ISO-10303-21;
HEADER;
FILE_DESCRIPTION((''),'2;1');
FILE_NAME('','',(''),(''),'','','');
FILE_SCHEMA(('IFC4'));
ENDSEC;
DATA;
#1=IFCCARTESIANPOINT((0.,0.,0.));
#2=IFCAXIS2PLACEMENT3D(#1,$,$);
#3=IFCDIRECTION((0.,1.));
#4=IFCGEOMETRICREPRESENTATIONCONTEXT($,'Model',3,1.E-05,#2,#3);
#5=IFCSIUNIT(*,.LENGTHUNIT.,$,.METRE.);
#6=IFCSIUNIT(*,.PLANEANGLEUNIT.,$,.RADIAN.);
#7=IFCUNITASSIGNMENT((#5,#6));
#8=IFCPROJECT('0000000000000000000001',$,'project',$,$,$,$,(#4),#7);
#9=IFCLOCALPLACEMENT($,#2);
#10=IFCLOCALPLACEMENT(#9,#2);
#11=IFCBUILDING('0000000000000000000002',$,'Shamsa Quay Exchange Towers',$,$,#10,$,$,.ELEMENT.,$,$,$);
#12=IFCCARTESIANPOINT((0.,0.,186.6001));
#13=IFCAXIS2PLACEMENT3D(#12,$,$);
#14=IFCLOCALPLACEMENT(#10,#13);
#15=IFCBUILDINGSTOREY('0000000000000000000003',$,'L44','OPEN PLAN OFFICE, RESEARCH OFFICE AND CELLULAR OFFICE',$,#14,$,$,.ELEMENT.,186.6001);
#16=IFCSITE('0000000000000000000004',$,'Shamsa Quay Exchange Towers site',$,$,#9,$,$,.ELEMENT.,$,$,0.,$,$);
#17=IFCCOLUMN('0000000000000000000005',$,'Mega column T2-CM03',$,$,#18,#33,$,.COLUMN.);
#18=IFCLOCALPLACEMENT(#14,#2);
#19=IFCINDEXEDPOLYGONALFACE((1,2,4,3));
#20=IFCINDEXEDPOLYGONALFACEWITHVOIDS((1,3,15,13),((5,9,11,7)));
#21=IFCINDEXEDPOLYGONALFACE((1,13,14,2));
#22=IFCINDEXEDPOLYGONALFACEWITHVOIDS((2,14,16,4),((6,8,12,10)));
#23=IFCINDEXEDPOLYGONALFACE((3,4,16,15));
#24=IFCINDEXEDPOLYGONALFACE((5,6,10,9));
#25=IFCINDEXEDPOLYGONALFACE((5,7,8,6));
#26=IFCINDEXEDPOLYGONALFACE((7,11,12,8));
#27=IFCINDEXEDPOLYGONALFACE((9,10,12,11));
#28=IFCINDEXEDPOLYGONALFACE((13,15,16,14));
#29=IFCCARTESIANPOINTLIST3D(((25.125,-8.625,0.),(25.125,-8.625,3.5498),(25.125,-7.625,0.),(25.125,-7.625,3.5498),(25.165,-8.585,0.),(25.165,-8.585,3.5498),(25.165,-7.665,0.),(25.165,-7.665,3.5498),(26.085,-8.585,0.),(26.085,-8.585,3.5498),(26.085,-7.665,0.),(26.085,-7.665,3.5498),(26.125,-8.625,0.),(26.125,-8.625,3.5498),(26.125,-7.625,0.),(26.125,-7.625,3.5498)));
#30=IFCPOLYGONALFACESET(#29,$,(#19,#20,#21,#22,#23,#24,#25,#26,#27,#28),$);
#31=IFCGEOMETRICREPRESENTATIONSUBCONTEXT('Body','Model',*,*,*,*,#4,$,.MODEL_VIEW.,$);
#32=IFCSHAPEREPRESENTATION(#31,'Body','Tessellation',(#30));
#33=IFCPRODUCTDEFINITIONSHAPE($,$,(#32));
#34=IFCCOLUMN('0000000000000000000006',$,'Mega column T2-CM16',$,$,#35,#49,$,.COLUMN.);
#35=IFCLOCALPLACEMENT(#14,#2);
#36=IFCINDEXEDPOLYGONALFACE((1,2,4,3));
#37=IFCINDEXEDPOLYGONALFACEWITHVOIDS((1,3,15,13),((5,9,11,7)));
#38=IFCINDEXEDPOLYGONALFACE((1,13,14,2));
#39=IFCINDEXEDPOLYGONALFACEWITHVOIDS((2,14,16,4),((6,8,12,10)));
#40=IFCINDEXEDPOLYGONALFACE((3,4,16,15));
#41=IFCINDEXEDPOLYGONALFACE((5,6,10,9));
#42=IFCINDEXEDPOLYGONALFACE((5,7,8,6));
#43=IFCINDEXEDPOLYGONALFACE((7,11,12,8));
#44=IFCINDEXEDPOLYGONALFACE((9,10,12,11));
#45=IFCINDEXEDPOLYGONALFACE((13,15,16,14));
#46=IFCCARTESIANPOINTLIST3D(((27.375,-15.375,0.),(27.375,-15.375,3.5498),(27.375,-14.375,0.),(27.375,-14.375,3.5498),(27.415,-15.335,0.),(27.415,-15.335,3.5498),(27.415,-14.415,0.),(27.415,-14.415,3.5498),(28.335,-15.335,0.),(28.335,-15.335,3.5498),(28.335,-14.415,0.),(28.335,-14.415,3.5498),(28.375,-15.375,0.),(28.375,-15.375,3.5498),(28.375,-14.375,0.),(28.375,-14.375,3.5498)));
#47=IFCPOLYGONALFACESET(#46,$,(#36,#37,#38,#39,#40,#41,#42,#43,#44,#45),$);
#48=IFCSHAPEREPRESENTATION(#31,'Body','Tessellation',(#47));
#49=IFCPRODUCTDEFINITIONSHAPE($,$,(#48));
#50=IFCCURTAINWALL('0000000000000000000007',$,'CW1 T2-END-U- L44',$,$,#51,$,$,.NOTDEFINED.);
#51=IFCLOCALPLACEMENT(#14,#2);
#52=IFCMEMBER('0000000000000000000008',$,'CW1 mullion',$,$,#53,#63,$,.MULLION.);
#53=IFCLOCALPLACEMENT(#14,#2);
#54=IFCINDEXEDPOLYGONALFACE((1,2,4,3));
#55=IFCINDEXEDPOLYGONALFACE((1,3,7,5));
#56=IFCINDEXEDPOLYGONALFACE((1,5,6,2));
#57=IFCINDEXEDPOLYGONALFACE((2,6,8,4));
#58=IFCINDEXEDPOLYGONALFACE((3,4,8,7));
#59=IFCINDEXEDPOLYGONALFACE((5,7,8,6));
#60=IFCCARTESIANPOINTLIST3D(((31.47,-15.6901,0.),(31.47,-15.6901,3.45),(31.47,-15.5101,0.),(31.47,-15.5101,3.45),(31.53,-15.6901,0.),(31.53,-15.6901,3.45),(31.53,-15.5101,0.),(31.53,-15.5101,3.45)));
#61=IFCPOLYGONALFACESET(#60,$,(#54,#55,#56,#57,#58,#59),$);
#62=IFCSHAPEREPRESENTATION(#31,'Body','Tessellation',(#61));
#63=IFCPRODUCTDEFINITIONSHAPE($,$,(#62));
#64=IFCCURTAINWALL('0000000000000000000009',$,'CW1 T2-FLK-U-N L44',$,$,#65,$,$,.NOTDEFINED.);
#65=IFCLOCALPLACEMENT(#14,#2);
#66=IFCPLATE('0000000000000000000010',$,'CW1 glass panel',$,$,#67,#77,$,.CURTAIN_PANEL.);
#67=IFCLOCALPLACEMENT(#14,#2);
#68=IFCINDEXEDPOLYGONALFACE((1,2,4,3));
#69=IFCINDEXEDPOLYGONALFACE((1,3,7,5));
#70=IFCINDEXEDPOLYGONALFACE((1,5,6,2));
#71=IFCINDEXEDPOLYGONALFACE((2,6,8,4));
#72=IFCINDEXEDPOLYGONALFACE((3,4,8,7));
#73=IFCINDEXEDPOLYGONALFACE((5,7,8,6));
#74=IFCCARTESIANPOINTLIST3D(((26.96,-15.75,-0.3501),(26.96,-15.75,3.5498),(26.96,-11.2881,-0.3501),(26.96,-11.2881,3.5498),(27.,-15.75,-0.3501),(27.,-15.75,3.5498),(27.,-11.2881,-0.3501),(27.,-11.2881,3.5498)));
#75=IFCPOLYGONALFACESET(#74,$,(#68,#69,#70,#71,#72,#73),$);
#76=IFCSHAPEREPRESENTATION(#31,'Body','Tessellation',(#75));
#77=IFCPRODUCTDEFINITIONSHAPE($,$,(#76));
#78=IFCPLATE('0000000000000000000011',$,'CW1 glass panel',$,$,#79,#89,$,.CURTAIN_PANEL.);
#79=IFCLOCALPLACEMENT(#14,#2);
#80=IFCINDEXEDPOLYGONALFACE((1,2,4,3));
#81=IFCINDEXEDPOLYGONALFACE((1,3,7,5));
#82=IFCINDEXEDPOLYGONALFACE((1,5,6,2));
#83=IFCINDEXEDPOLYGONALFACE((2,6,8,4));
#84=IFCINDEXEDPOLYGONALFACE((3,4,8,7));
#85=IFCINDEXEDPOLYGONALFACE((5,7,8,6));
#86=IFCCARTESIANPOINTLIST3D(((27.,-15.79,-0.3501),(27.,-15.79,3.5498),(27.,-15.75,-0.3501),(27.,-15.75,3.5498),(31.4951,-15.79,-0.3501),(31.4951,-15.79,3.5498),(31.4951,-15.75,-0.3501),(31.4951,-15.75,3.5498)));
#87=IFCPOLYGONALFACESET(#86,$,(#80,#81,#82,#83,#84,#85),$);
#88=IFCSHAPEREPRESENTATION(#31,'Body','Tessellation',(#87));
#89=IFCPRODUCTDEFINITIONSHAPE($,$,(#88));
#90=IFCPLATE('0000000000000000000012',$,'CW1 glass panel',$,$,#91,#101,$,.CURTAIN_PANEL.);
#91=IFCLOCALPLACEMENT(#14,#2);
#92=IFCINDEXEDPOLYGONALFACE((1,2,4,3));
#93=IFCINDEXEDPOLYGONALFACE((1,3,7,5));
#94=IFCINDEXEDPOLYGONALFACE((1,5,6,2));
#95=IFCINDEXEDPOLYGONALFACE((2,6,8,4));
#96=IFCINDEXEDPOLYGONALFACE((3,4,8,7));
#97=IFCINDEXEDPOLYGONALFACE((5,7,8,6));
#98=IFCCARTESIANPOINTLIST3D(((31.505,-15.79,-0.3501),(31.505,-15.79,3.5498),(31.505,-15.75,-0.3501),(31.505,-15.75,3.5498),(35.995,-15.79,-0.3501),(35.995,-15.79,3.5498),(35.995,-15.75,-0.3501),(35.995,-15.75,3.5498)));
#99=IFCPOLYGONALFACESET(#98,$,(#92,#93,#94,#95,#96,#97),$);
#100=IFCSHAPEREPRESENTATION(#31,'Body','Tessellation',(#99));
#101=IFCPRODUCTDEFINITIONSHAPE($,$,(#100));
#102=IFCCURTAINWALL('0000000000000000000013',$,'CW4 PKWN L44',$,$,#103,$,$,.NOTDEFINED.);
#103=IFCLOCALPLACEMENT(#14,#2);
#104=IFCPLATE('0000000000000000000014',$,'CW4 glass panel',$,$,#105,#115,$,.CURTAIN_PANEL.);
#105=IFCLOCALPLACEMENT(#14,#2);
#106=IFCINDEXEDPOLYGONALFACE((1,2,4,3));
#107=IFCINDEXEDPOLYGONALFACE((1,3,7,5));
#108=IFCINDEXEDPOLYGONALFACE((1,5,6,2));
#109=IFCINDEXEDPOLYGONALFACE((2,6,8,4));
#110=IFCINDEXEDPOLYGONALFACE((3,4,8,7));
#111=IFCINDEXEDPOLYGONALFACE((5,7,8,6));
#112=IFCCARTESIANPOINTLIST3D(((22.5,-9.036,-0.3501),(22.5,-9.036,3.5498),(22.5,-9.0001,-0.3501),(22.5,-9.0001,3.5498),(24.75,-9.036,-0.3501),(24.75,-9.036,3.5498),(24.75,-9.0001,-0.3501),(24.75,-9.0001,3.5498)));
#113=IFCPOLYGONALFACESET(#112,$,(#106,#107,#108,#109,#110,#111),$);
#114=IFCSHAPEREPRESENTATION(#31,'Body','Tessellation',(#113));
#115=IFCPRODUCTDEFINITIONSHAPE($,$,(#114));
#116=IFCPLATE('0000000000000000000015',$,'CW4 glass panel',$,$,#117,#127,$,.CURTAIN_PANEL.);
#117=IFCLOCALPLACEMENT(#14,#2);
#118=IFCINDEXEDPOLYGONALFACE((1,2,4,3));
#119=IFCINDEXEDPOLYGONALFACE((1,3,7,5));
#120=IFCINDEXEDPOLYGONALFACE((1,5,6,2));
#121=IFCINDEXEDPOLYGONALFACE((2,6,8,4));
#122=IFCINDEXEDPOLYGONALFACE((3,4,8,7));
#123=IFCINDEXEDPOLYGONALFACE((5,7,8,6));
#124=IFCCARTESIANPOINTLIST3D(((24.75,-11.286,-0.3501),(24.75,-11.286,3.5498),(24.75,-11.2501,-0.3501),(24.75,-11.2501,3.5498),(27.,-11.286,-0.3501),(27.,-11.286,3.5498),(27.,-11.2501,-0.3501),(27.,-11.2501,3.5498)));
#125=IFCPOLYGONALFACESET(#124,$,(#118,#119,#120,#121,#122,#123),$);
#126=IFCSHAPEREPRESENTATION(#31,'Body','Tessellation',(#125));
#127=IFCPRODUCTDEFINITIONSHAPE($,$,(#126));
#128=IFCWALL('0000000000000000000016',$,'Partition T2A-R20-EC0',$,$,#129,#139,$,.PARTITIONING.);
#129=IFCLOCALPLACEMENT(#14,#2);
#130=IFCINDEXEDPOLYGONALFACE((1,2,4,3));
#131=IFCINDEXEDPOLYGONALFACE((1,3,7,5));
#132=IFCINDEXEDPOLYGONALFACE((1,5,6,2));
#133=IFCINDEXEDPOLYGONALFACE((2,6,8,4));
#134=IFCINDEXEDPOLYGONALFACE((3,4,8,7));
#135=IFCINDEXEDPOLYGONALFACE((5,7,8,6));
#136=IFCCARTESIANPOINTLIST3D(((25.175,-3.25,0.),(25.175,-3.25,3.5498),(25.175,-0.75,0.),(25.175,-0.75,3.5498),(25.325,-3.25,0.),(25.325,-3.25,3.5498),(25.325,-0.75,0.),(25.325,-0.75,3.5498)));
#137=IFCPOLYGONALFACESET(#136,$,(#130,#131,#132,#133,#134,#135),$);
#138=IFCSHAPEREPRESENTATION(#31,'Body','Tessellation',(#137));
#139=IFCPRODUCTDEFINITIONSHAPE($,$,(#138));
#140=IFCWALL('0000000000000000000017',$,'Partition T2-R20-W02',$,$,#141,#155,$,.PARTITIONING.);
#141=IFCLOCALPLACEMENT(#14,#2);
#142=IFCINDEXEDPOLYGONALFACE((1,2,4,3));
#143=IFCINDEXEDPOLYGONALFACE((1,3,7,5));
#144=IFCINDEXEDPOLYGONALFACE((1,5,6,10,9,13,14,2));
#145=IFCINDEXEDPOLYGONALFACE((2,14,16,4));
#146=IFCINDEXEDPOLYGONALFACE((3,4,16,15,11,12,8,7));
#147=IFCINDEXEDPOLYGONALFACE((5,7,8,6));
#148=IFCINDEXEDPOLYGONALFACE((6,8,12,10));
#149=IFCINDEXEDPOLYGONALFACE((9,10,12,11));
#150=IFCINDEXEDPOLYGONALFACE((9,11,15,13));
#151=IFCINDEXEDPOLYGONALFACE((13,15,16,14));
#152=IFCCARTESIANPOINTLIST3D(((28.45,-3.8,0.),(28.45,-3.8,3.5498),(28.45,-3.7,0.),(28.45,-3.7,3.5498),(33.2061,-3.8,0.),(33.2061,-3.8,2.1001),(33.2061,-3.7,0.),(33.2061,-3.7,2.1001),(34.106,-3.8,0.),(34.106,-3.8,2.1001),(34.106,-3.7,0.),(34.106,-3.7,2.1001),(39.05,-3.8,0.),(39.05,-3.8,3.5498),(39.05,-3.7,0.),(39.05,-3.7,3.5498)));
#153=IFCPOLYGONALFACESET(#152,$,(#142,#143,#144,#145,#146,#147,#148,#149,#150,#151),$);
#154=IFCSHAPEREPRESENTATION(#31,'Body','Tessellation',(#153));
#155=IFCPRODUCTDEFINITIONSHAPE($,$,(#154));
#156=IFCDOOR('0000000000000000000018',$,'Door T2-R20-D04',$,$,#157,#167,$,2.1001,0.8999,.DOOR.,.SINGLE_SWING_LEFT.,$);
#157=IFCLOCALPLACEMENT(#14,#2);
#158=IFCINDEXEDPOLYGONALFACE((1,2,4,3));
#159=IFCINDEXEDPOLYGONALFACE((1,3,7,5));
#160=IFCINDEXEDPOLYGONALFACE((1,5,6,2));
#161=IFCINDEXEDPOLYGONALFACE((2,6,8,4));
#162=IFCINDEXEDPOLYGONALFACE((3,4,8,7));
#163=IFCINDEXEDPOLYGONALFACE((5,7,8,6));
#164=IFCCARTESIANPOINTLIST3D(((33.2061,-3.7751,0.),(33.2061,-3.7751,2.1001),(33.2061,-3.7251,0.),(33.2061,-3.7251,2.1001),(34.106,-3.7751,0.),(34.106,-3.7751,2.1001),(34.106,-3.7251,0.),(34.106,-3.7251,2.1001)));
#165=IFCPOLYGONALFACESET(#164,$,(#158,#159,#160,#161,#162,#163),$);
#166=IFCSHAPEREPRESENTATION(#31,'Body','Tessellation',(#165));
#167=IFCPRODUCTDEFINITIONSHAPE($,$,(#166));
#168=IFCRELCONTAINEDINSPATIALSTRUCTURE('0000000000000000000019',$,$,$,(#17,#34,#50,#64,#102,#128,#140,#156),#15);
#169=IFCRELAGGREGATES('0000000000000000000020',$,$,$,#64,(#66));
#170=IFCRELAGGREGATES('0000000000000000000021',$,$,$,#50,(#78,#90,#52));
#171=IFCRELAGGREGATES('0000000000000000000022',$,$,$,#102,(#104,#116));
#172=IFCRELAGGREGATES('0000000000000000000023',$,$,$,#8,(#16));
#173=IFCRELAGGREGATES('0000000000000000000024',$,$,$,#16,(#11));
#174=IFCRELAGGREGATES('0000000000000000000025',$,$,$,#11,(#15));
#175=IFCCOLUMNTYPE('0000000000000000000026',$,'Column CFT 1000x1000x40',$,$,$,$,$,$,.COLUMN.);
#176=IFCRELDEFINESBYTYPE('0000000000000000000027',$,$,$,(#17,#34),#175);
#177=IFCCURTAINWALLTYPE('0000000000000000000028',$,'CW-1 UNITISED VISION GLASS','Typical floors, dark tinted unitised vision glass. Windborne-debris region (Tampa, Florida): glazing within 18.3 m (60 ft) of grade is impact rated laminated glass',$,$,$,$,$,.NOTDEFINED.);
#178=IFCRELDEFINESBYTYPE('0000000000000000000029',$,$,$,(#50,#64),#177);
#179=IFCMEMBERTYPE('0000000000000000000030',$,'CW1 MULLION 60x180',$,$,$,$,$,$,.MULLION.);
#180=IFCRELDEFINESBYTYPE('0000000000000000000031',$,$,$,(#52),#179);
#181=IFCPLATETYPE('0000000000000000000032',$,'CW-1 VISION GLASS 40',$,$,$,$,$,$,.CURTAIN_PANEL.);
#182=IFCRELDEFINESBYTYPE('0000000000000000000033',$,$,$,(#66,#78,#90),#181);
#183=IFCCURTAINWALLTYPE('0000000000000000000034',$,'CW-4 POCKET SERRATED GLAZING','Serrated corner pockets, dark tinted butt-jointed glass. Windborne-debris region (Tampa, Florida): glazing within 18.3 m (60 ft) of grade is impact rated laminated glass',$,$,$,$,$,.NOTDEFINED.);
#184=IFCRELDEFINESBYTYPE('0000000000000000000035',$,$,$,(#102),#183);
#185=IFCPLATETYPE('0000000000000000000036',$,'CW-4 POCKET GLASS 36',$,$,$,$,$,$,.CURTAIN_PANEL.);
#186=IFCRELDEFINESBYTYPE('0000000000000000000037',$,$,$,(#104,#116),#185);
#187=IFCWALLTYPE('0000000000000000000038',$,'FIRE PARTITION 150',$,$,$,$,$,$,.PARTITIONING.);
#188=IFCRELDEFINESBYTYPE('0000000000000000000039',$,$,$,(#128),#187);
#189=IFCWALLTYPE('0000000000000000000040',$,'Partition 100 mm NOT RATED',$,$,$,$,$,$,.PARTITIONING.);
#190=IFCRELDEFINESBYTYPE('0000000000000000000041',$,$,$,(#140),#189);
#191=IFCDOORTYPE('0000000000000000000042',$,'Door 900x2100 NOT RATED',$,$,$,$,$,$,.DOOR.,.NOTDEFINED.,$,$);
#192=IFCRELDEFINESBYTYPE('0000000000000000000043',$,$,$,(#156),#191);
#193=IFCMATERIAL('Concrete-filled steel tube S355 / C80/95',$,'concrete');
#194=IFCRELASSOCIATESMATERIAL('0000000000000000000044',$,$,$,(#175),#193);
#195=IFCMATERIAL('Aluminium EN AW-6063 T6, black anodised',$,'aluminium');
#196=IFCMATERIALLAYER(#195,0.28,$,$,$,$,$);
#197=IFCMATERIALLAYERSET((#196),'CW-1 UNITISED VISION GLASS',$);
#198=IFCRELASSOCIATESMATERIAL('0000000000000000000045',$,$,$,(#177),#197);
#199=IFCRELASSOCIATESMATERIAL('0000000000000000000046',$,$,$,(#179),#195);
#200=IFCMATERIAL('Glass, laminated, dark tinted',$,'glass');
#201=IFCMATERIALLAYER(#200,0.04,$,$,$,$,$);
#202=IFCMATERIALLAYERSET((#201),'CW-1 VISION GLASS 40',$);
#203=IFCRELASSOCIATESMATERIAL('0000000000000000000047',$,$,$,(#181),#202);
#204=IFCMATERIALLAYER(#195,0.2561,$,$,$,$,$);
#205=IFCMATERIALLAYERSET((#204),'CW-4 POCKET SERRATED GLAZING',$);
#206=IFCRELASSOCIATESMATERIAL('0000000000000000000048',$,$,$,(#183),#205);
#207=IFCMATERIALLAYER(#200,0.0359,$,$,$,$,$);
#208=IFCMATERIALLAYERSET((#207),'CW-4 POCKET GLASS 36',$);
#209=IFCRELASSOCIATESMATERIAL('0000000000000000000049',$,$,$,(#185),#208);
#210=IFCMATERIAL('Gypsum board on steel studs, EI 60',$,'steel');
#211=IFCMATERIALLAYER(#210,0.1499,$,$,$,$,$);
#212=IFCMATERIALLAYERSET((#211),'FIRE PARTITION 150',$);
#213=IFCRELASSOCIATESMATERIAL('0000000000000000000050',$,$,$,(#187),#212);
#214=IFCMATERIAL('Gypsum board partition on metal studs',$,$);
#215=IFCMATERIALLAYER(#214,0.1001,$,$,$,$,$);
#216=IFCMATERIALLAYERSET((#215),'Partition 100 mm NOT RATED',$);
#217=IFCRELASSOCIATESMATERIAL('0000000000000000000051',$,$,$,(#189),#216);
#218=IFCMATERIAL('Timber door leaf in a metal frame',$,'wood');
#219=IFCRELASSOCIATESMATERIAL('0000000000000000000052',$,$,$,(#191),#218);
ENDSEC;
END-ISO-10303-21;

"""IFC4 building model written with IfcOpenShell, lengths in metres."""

from ifc_helpers import new_model, si_unit, direction, frame, frame_2d, origin, origin_2d, place, context, subcontext, project, spatial, rectangle, hollow_rectangle, extrude, material, layer, layer_set, material_profile, profile_set, type_object, element, fill, aggregate, save


model = new_model("IFC4")

# Units and contexts
model_context = context("Model", 3, precision=1e-05, world=origin(), true_north=direction((0.0, 1.0)))
body_context = subcontext(model_context, "Body", "Model", "MODEL_VIEW")
ifc_project = project(units=[si_unit("LENGTHUNIT", "METRE"), si_unit("PLANEANGLEUNIT", "RADIAN")], contexts=[model_context])

# Site, building, storey
site_placement = place(None, origin())
site = spatial("IfcSite", under=ifc_project, at=site_placement, Name="Shamsa Quay Exchange Towers site", CompositionType="ELEMENT", RefElevation=0.0)
building_placement = place(site_placement, origin())
building = spatial("IfcBuilding", under=site, at=building_placement, Name="Shamsa Quay Exchange Towers", CompositionType="ELEMENT")
storey_placement = place(building_placement, frame((0.0, 0.0, 186.6001)))
storey = spatial("IfcBuildingStorey", under=building, at=storey_placement, Name="L44", Description="OPEN PLAN OFFICE, RESEARCH OFFICE AND CELLULAR OFFICE", CompositionType="ELEMENT", Elevation=186.6001)

# Columns
ifc_material_1 = material(Name="Concrete-filled steel tube S355 / C80/95", Category="concrete")
ifc_material_profile_1 = material_profile(ifc_material_1, hollow_rectangle(XDim=1.0, YDim=1.0, WallThickness=0.04, at=origin_2d()), Name="CFT 1000x1000x40")
ifc_profile_set_1 = profile_set([ifc_material_profile_1], Name="Concrete-filled steel tube S355 / C80/95")
column_type = type_object("IfcColumnType", Name="Column CFT 1000x1000x40", PredefinedType="COLUMN", material=ifc_profile_set_1)
for number, where, name in (
    (1, (25.625, -8.125, 0.0), "Mega column T2-CM03"),
    (2, (27.875, -14.875, 0.0), "Mega column T2-CM16"),
):
    element("IfcColumn", number, at=place(storey_placement, frame(where)), inside=storey, type_object=column_type, Name=name, PredefinedType="COLUMN", context=body_context, shape_type="SweptSolid", body=[
        extrude(hollow_rectangle(XDim=1.0, YDim=1.0, WallThickness=0.04, at=origin_2d()), origin(), (0.0, 0.0, 1.0), 3.5498),
    ])

# Curtain wall, member
ifc_material_2 = material(Name="Aluminium EN AW-6063 T6, black anodised", Category="aluminium")
ifc_layer_1 = layer(ifc_material_2, 0.28)
ifc_layer_set_1 = layer_set([ifc_layer_1], Name="CW-1 UNITISED VISION GLASS")
curtain_wall_type_1 = type_object("IfcCurtainWallType", Name="CW-1 UNITISED VISION GLASS", Description="Typical floors, dark tinted unitised vision glass. Windborne-debris region (Tampa, Florida): glazing within 18.3 m (60 ft) of grade is impact rated laminated glass", PredefinedType="NOTDEFINED", material=ifc_layer_set_1)
curtain_wall_1_placement = place(storey_placement, origin())
curtain_wall_1 = element("IfcCurtainWall", 3, at=curtain_wall_1_placement, inside=storey, type_object=curtain_wall_type_1, Name="CW1 T2-END-U- L44", PredefinedType="NOTDEFINED")
ifc_material_profile_2 = material_profile(ifc_material_2, rectangle(XDim=0.1799, YDim=0.0601, at=origin_2d()), Name="MU60x180")
ifc_profile_set_2 = profile_set([ifc_material_profile_2], Name="Aluminium EN AW-6063 T6, black anodised")
member_type = type_object("IfcMemberType", Name="CW1 MULLION 60x180", PredefinedType="MULLION", material=ifc_profile_set_2)
member_placement = place(storey_placement, frame((31.5, -15.6001, 0.0), z_axis=(0.0, 0.0, 1.0), x_axis=(0.0, 1.0, 0.0)))
member = element("IfcMember", 4, at=member_placement, type_object=member_type, Name="CW1 mullion", PredefinedType="MULLION", context=body_context, shape_type="SweptSolid", body=[
    extrude(rectangle(XDim=0.1799, YDim=0.0601, at=origin_2d()), origin(), (0.0, 0.0, 1.0), 3.45),
])

# Curtain wall, plate
curtain_wall_2_placement = place(storey_placement, origin())
curtain_wall_2 = element("IfcCurtainWall", 5, at=curtain_wall_2_placement, inside=storey, type_object=curtain_wall_type_1, Name="CW1 T2-FLK-U-N L44", PredefinedType="NOTDEFINED")
ifc_material_3 = material(Name="Glass, laminated, dark tinted", Category="glass")
ifc_layer_2 = layer(ifc_material_3, 0.04)
ifc_layer_set_2 = layer_set([ifc_layer_2], Name="CW-1 VISION GLASS 40")
plate_type_1 = type_object("IfcPlateType", Name="CW-1 VISION GLASS 40", PredefinedType="CURTAIN_PANEL", material=ifc_layer_set_2)
plate_1_placement = place(storey_placement, frame((26.98, -13.519, -0.3501), z_axis=(0.0, 0.0, 1.0), x_axis=(0.0, -1.0, 0.0)))
plate_1 = element("IfcPlate", 6, at=plate_1_placement, type_object=plate_type_1, Name="CW1 glass panel", PredefinedType="CURTAIN_PANEL", context=body_context, shape_type="SweptSolid", body=[
    extrude(rectangle(XDim=4.4619, YDim=0.04, at=origin_2d()), origin(), (0.0, 0.0, 1.0), 3.8999),
])
aggregate(curtain_wall_2, [plate_1])

# Plates
plate_2_placement = place(storey_placement, frame((29.2476, -15.77, -0.3501)))
plate_2 = element("IfcPlate", 7, at=plate_2_placement, type_object=plate_type_1, Name="CW1 glass panel", PredefinedType="CURTAIN_PANEL", context=body_context, shape_type="SweptSolid", body=[
    extrude(rectangle(XDim=4.4951, YDim=0.04, at=origin_2d()), origin(), (0.0, 0.0, 1.0), 3.8999),
])
plate_3_placement = place(storey_placement, frame((33.75, -15.77, -0.3501)))
plate_3 = element("IfcPlate", 8, at=plate_3_placement, type_object=plate_type_1, Name="CW1 glass panel", PredefinedType="CURTAIN_PANEL", context=body_context, shape_type="SweptSolid", body=[
    extrude(rectangle(XDim=4.49, YDim=0.04, at=origin_2d()), origin(), (0.0, 0.0, 1.0), 3.8999),
])
aggregate(curtain_wall_1, [plate_2, plate_3, member])

# Curtain wall, plates
ifc_layer_3 = layer(ifc_material_2, 0.2561)
ifc_layer_set_3 = layer_set([ifc_layer_3], Name="CW-4 POCKET SERRATED GLAZING")
curtain_wall_type_2 = type_object("IfcCurtainWallType", Name="CW-4 POCKET SERRATED GLAZING", Description="Serrated corner pockets, dark tinted butt-jointed glass. Windborne-debris region (Tampa, Florida): glazing within 18.3 m (60 ft) of grade is impact rated laminated glass", PredefinedType="NOTDEFINED", material=ifc_layer_set_3)
curtain_wall_3_placement = place(storey_placement, origin())
curtain_wall_3 = element("IfcCurtainWall", 9, at=curtain_wall_3_placement, inside=storey, type_object=curtain_wall_type_2, Name="CW4 PKWN L44", PredefinedType="NOTDEFINED")
ifc_layer_4 = layer(ifc_material_3, 0.0359)
ifc_layer_set_4 = layer_set([ifc_layer_4], Name="CW-4 POCKET GLASS 36")
plate_type_2 = type_object("IfcPlateType", Name="CW-4 POCKET GLASS 36", PredefinedType="CURTAIN_PANEL", material=ifc_layer_set_4)
plate_4_placement = place(storey_placement, frame((23.625, -9.0181, -0.3501)))
plate_4 = element("IfcPlate", 10, at=plate_4_placement, type_object=plate_type_2, Name="CW4 glass panel", PredefinedType="CURTAIN_PANEL", context=body_context, shape_type="SweptSolid", body=[
    extrude(rectangle(XDim=2.25, YDim=0.0359, at=origin_2d()), origin(), (0.0, 0.0, 1.0), 3.8999),
])
plate_5_placement = place(storey_placement, frame((25.875, -11.2681, -0.3501)))
plate_5 = element("IfcPlate", 11, at=plate_5_placement, type_object=plate_type_2, Name="CW4 glass panel", PredefinedType="CURTAIN_PANEL", context=body_context, shape_type="SweptSolid", body=[
    extrude(rectangle(XDim=2.25, YDim=0.0359, at=origin_2d()), origin(), (0.0, 0.0, 1.0), 3.8999),
])
aggregate(curtain_wall_3, [plate_4, plate_5])

# Wall
ifc_material_4 = material(Name="Gypsum board on steel studs, EI 60", Category="steel")
ifc_layer_5 = layer(ifc_material_4, 0.1499)
ifc_layer_set_5 = layer_set([ifc_layer_5], Name="FIRE PARTITION 150")
wall_type_1 = type_object("IfcWallType", Name="FIRE PARTITION 150", PredefinedType="PARTITIONING", material=ifc_layer_set_5)
wall_1_placement = place(storey_placement, frame((25.25, -3.25, 0.0), z_axis=(0.0, 0.0, 1.0), x_axis=(0.0, 1.0, 0.0)))
element("IfcWall", 12, at=wall_1_placement, inside=storey, type_object=wall_type_1, Name="Partition T2A-R20-EC0", PredefinedType="PARTITIONING", context=body_context, shape_type="SweptSolid", body=[
    extrude(rectangle(XDim=2.5, YDim=0.1499, at=frame_2d((1.25, 0.0))), origin(), (0.0, 0.0, 1.0), 3.5498),
])

# Wall, opening, door
ifc_material_5 = material(Name="Gypsum board partition on metal studs")
ifc_layer_6 = layer(ifc_material_5, 0.1001)
ifc_layer_set_6 = layer_set([ifc_layer_6], Name="Partition 100 mm NOT RATED")
wall_type_2 = type_object("IfcWallType", Name="Partition 100 mm NOT RATED", PredefinedType="PARTITIONING", material=ifc_layer_set_6)
wall_2_placement = place(storey_placement, frame((28.45, -3.75, 0.0)))
wall_2 = element("IfcWall", 13, at=wall_2_placement, inside=storey, type_object=wall_type_2, Name="Partition T2-R20-W02", PredefinedType="PARTITIONING", context=body_context, shape_type="SweptSolid", body=[
    extrude(rectangle(XDim=10.6001, YDim=0.1001, at=frame_2d((5.3, 0.0))), origin(), (0.0, 0.0, 1.0), 3.5498),
])
opening_1_placement = place(wall_2_placement, frame((4.7561, 0.0, 0.0)))
opening_1 = element("IfcOpeningElement", 14, at=opening_1_placement, cuts=wall_2, PredefinedType="OPENING", context=body_context, shape_type="SweptSolid", body=[
    extrude(rectangle(XDim=0.8999, YDim=2.1001, at=frame_2d((0.45, 1.05))), frame((0.0, 0.0601, 0.0), z_axis=(0.0, -1.0, 0.0), x_axis=(1.0, 0.0, 0.0)), (0.0, 0.0, 1.0), 0.1201),
])
ifc_material_6 = material(Name="Timber door leaf in a metal frame", Category="wood")
door_type_1 = type_object("IfcDoorType", Name="Door 900x2100 NOT RATED", OperationType="NOTDEFINED", PredefinedType="DOOR", material=ifc_material_6)
door_1_placement = place(opening_1_placement, origin())
door_1 = element("IfcDoor", 15, at=door_1_placement, inside=storey, type_object=door_type_1, Name="Door T2-R20-D04", OperationType="SINGLE_SWING_LEFT", OverallHeight=2.1001, OverallWidth=0.8999, PredefinedType="DOOR", context=body_context, shape_type="SweptSolid", body=[
    extrude(rectangle(XDim=0.8999, YDim=2.1001, at=frame_2d((0.45, 1.05))), frame((0.0, 0.0249, 0.0), z_axis=(0.0, -1.0, 0.0), x_axis=(1.0, 0.0, 0.0)), (0.0, 0.0, 1.0), 0.05),
])
fill(opening_1, door_1)

save(model, "model.ifc")
